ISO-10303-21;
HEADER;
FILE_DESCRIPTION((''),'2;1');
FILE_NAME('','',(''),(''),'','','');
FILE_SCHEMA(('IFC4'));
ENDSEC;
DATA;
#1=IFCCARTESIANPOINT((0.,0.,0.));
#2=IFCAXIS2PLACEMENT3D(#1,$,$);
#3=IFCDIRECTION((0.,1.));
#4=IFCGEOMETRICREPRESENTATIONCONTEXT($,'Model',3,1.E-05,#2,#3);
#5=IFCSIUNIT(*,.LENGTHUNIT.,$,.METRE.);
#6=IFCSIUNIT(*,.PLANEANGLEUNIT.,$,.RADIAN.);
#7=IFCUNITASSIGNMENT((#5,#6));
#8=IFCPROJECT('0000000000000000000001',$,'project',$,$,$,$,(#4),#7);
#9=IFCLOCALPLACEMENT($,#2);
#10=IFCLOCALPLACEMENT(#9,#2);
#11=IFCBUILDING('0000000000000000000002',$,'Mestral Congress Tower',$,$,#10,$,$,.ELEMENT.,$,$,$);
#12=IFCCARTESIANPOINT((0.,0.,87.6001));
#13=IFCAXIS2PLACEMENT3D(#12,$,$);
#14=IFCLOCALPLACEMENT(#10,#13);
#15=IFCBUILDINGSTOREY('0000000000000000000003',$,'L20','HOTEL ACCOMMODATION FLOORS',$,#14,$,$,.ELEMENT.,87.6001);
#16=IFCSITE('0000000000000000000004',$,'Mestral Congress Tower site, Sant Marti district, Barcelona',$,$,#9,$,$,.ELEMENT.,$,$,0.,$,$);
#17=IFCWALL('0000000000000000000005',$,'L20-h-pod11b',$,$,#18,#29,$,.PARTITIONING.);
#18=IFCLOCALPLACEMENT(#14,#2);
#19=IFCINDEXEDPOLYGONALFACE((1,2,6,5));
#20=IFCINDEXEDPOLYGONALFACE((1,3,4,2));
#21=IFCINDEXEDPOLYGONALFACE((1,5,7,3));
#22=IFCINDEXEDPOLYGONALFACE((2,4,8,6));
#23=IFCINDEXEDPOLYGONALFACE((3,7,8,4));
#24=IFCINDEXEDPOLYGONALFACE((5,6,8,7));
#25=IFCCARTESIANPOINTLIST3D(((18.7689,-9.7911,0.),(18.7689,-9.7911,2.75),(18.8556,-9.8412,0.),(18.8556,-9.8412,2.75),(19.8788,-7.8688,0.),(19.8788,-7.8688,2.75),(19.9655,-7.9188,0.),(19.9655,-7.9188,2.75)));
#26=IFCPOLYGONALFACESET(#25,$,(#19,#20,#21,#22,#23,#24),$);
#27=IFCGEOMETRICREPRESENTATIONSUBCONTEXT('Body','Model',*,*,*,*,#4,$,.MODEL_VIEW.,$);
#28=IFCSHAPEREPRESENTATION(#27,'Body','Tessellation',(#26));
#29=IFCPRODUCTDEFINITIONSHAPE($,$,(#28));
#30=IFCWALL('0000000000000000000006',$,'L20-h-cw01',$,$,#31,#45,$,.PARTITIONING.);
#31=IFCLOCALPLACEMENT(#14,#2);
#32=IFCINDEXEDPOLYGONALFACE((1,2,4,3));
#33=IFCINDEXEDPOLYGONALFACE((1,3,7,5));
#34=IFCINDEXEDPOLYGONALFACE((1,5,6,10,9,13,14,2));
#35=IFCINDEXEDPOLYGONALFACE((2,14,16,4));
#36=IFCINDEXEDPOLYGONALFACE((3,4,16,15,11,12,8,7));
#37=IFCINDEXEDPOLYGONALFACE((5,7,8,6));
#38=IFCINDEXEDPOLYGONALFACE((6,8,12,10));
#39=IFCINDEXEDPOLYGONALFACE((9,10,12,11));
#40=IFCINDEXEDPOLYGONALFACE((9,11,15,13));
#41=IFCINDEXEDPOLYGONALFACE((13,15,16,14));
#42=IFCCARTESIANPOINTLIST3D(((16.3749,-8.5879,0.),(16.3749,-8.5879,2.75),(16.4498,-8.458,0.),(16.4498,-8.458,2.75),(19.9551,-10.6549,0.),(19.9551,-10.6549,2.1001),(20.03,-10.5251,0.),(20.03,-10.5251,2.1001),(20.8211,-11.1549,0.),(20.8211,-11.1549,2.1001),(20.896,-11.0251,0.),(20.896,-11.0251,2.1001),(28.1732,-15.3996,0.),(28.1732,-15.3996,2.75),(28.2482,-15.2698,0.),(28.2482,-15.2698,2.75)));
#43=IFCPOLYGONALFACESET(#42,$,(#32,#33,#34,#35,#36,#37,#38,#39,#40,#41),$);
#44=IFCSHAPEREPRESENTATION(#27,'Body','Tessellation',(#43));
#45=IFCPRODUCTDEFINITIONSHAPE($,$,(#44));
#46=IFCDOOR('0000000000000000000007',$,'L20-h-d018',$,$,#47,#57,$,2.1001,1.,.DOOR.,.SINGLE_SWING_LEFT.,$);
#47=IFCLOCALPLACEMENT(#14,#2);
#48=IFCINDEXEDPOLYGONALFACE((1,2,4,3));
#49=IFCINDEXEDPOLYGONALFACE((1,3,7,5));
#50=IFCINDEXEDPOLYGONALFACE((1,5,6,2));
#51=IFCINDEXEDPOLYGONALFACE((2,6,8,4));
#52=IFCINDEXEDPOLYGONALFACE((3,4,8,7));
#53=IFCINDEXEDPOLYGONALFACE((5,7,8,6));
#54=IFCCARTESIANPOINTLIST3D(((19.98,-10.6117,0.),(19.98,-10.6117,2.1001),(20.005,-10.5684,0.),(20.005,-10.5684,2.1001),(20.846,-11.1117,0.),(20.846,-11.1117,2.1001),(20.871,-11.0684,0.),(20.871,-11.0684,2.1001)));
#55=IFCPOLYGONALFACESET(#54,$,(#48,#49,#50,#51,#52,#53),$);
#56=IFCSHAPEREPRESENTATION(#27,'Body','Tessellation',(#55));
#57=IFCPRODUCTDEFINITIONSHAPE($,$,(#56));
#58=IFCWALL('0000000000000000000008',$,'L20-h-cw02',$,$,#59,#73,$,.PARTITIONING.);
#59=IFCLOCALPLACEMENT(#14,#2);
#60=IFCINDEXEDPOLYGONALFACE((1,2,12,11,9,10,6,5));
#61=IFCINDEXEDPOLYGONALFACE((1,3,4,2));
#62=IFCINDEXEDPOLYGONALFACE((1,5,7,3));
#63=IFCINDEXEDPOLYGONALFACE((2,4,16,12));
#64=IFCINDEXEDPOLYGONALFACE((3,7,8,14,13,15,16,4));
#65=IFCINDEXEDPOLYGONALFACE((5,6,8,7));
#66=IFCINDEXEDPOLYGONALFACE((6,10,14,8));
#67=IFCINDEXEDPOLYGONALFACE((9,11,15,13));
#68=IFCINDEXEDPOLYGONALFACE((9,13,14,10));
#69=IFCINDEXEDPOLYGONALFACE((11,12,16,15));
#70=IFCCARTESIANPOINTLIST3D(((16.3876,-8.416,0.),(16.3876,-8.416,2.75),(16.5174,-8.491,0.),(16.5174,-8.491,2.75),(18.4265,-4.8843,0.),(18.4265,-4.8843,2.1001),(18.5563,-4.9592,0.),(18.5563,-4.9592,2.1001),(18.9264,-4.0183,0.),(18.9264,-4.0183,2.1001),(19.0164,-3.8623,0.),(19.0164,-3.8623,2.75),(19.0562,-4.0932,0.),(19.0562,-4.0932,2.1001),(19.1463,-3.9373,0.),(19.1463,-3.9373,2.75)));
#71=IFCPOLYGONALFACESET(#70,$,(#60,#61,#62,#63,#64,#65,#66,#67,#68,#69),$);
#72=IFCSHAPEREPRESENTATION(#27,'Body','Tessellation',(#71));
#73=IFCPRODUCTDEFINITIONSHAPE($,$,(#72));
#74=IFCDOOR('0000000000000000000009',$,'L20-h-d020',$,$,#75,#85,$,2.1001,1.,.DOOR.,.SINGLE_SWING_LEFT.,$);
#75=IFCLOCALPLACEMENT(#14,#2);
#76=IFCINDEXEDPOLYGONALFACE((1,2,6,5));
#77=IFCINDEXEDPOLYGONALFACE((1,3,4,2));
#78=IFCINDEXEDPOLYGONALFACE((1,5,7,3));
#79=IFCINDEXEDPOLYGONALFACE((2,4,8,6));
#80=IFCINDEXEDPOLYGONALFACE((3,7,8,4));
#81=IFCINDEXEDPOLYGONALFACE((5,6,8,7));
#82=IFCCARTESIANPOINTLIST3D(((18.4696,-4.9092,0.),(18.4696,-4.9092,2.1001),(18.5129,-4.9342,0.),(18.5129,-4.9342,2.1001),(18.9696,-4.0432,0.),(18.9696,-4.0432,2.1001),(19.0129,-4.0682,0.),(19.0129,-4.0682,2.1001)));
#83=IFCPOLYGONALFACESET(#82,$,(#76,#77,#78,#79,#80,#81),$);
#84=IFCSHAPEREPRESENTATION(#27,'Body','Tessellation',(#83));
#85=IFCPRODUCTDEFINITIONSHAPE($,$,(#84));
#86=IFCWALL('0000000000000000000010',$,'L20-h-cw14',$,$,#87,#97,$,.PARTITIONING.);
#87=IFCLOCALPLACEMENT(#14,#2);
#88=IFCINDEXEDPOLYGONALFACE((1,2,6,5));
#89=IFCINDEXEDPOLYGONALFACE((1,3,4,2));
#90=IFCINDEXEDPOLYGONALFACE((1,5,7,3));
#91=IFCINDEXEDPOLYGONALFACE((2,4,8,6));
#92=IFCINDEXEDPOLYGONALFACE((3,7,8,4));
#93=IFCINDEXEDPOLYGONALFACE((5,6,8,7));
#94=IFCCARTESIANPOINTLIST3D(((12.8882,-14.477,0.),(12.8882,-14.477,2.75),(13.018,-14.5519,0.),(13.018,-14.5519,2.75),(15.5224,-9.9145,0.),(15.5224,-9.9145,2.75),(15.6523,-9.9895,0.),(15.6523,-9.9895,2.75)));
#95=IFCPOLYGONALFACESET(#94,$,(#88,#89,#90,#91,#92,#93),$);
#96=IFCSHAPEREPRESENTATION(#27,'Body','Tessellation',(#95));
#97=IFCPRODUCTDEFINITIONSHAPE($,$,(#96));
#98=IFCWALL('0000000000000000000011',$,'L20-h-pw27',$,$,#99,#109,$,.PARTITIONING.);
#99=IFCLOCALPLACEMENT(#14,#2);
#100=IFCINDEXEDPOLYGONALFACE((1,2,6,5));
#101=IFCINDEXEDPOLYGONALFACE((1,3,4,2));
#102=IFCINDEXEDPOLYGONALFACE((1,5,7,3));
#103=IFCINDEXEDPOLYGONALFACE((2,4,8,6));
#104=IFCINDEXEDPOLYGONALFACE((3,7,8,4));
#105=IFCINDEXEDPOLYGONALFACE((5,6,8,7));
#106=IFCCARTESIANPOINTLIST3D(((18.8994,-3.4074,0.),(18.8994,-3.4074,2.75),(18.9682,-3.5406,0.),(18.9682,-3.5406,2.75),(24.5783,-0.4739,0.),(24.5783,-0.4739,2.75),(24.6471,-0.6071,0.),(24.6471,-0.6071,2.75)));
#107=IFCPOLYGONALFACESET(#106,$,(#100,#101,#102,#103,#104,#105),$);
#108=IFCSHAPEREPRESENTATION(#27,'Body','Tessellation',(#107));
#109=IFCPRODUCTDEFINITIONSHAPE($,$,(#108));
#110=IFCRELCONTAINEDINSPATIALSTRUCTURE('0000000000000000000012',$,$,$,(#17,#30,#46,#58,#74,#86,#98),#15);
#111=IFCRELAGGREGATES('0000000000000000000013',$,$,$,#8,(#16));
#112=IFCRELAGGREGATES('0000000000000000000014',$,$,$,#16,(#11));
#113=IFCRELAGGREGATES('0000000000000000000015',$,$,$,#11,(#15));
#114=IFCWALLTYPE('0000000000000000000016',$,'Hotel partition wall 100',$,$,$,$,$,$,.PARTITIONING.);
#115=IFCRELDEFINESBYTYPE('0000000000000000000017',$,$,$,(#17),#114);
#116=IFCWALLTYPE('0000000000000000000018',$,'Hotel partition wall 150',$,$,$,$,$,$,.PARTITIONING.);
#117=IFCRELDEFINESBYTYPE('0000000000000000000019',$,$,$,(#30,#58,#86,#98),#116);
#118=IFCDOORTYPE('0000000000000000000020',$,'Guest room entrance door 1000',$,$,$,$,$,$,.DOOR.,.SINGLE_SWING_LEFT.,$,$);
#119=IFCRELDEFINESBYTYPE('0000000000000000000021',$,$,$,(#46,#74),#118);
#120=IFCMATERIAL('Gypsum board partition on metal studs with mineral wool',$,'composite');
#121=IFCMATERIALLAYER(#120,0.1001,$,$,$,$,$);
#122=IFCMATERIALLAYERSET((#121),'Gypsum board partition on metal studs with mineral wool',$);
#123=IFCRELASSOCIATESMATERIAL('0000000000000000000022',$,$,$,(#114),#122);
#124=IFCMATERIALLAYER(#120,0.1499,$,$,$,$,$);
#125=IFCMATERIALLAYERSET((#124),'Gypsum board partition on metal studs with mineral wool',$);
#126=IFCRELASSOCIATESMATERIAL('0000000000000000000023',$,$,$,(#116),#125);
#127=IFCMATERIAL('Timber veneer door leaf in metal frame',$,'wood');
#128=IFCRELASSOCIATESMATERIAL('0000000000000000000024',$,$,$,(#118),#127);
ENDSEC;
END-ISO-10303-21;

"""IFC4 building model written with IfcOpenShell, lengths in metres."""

from ifc_helpers import new_model, si_unit, direction, frame, frame_2d, origin, place, context, subcontext, project, spatial, rectangle, extrude, material, layer, layer_set, type_object, element, fill, save


model = new_model("IFC4")

# Units and contexts
model_context = context("Model", 3, precision=1e-05, world=origin(), true_north=direction((0.0, 1.0)))
body_context = subcontext(model_context, "Body", "Model", "MODEL_VIEW")
ifc_project = project(units=[si_unit("LENGTHUNIT", "METRE"), si_unit("PLANEANGLEUNIT", "RADIAN")], contexts=[model_context])

# Site, building, storey
site_placement = place(None, origin())
site = spatial("IfcSite", under=ifc_project, at=site_placement, Name="Mestral Congress Tower site, Sant Marti district, Barcelona", CompositionType="ELEMENT", RefElevation=0.0)
building_placement = place(site_placement, origin())
building = spatial("IfcBuilding", under=site, at=building_placement, Name="Mestral Congress Tower", CompositionType="ELEMENT")
storey_placement = place(building_placement, frame((0.0, 0.0, 87.6001)))
storey = spatial("IfcBuildingStorey", under=building, at=storey_placement, Name="L20", Description="HOTEL ACCOMMODATION FLOORS", CompositionType="ELEMENT", Elevation=87.6001)

# Shared definitions
ifc_material_1 = material(Name="Gypsum board partition on metal studs with mineral wool", Category="composite")
ifc_layer_1 = layer(ifc_material_1, 0.1001)
ifc_layer_set_1 = layer_set([ifc_layer_1], Name="Gypsum board partition on metal studs with mineral wool")
wall_type_1 = type_object("IfcWallType", Name="Hotel partition wall 100", PredefinedType="PARTITIONING", material=ifc_layer_set_1)

# Wall
wall_1_placement = place(storey_placement, frame((19.9221, -7.8938, 0.0), z_axis=(0.0, 0.0, 1.0), x_axis=(-0.499995, -0.866028, 0.0)))
element("IfcWall", 1, at=wall_1_placement, inside=storey, type_object=wall_type_1, Name="L20-h-pod11b", PredefinedType="PARTITIONING", context=body_context, shape_type="SweptSolid", body=[
    extrude(rectangle(XDim=2.2197, YDim=0.1001, at=frame_2d((1.1099, 0.0))), origin(), (0.0, 0.0, 1.0), 2.75),
])

# Walls, openings, doors
ifc_layer_2 = layer(ifc_material_1, 0.1499)
ifc_layer_set_2 = layer_set([ifc_layer_2], Name="Gypsum board partition on metal studs with mineral wool")
wall_type_2 = type_object("IfcWallType", Name="Hotel partition wall 150", PredefinedType="PARTITIONING", material=ifc_layer_set_2)
wall_2_placement = place(storey_placement, frame((16.4124, -8.5229, 0.0), z_axis=(0.0, 0.0, 1.0), x_axis=(0.866026, -0.5, 0.0)))
wall_2 = element("IfcWall", 2, at=wall_2_placement, inside=storey, type_object=wall_type_2, Name="L20-h-cw01", PredefinedType="PARTITIONING", context=body_context, shape_type="SweptSolid", body=[
    extrude(rectangle(XDim=13.6235, YDim=0.1499, at=frame_2d((6.8118, 0.0))), origin(), (0.0, 0.0, 1.0), 2.75),
])
opening_1_placement = place(wall_2_placement, frame((4.134, 0.0, 0.0)))
opening_1 = element("IfcOpeningElement", 3, at=opening_1_placement, cuts=wall_2, PredefinedType="OPENING", context=body_context, shape_type="SweptSolid", body=[
    extrude(rectangle(XDim=1.0, YDim=2.1001, at=frame_2d((0.5, 1.05))), frame((0.0, 0.085, 0.0), z_axis=(0.0, -1.0, 0.0), x_axis=(1.0, 0.0, 0.0)), (0.0, 0.0, 1.0), 0.1699),
])
ifc_material_2 = material(Name="Timber veneer door leaf in metal frame", Category="wood")
door_type_1 = type_object("IfcDoorType", Name="Guest room entrance door 1000", OperationType="SINGLE_SWING_LEFT", PredefinedType="DOOR", material=ifc_material_2)
door_1_placement = place(opening_1_placement, origin())
door_1 = element("IfcDoor", 4, at=door_1_placement, inside=storey, type_object=door_type_1, Name="L20-h-d018", OperationType="SINGLE_SWING_LEFT", OverallHeight=2.1001, OverallWidth=1.0, PredefinedType="DOOR", context=body_context, shape_type="SweptSolid", body=[
    extrude(rectangle(XDim=1.0, YDim=2.1001, at=frame_2d((0.5, 1.05))), frame((0.0, 0.0249, 0.0), z_axis=(0.0, -1.0, 0.0), x_axis=(1.0, 0.0, 0.0)), (0.0, 0.0, 1.0), 0.05),
])
fill(opening_1, door_1)
wall_3_placement = place(storey_placement, frame((19.0813, -3.8999, 0.0), z_axis=(0.0, 0.0, 1.0), x_axis=(-0.499974, -0.86604, 0.0)))
wall_3 = element("IfcWall", 5, at=wall_3_placement, inside=storey, type_object=wall_type_2, Name="L20-h-cw02", PredefinedType="PARTITIONING", context=body_context, shape_type="SweptSolid", body=[
    extrude(rectangle(XDim=5.2581, YDim=0.1499, at=frame_2d((2.6289, 0.0))), origin(), (0.0, 0.0, 1.0), 2.75),
])
opening_2_placement = place(wall_3_placement, frame((0.1799, 0.0, 0.0)))
opening_2 = element("IfcOpeningElement", 6, at=opening_2_placement, cuts=wall_3, PredefinedType="OPENING", context=body_context, shape_type="SweptSolid", body=[
    extrude(rectangle(XDim=1.0, YDim=2.1001, at=frame_2d((0.5, 1.05))), frame((0.0, 0.085, 0.0), z_axis=(0.0, -1.0, 0.0), x_axis=(1.0, 0.0, 0.0)), (0.0, 0.0, 1.0), 0.1699),
])
door_2_placement = place(opening_2_placement, origin())
door_2 = element("IfcDoor", 7, at=door_2_placement, inside=storey, type_object=door_type_1, Name="L20-h-d020", OperationType="SINGLE_SWING_LEFT", OverallHeight=2.1001, OverallWidth=1.0, PredefinedType="DOOR", context=body_context, shape_type="SweptSolid", body=[
    extrude(rectangle(XDim=1.0, YDim=2.1001, at=frame_2d((0.5, 1.05))), frame((0.0, 0.0249, 0.0), z_axis=(0.0, -1.0, 0.0), x_axis=(1.0, 0.0, 0.0)), (0.0, 0.0, 1.0), 0.05),
])
fill(opening_2, door_2)

# Walls
wall_4_placement = place(storey_placement, frame((15.5874, -9.9519, 0.0), z_axis=(0.0, 0.0, 1.0), x_axis=(-0.500017, -0.866016, 0.0)))
element("IfcWall", 8, at=wall_4_placement, inside=storey, type_object=wall_type_2, Name="L20-h-cw14", PredefinedType="PARTITIONING", context=body_context, shape_type="SweptSolid", body=[
    extrude(rectangle(XDim=5.2683, YDim=0.1499, at=frame_2d((2.6343, 0.0))), origin(), (0.0, 0.0, 1.0), 2.75),
])
wall_5_placement = place(storey_placement, frame((24.6125, -0.5405, 0.0), z_axis=(0.0, 0.0, 1.0), x_axis=(-0.88846, -0.458954, 0.0)))
element("IfcWall", 9, at=wall_5_placement, inside=storey, type_object=wall_type_2, Name="L20-h-pw27", PredefinedType="PARTITIONING", context=body_context, shape_type="SweptSolid", body=[
    extrude(rectangle(XDim=6.3918, YDim=0.1499, at=frame_2d((3.1958, 0.0))), origin(), (0.0, 0.0, 1.0), 2.75),
])

save(model, "model.ifc")
